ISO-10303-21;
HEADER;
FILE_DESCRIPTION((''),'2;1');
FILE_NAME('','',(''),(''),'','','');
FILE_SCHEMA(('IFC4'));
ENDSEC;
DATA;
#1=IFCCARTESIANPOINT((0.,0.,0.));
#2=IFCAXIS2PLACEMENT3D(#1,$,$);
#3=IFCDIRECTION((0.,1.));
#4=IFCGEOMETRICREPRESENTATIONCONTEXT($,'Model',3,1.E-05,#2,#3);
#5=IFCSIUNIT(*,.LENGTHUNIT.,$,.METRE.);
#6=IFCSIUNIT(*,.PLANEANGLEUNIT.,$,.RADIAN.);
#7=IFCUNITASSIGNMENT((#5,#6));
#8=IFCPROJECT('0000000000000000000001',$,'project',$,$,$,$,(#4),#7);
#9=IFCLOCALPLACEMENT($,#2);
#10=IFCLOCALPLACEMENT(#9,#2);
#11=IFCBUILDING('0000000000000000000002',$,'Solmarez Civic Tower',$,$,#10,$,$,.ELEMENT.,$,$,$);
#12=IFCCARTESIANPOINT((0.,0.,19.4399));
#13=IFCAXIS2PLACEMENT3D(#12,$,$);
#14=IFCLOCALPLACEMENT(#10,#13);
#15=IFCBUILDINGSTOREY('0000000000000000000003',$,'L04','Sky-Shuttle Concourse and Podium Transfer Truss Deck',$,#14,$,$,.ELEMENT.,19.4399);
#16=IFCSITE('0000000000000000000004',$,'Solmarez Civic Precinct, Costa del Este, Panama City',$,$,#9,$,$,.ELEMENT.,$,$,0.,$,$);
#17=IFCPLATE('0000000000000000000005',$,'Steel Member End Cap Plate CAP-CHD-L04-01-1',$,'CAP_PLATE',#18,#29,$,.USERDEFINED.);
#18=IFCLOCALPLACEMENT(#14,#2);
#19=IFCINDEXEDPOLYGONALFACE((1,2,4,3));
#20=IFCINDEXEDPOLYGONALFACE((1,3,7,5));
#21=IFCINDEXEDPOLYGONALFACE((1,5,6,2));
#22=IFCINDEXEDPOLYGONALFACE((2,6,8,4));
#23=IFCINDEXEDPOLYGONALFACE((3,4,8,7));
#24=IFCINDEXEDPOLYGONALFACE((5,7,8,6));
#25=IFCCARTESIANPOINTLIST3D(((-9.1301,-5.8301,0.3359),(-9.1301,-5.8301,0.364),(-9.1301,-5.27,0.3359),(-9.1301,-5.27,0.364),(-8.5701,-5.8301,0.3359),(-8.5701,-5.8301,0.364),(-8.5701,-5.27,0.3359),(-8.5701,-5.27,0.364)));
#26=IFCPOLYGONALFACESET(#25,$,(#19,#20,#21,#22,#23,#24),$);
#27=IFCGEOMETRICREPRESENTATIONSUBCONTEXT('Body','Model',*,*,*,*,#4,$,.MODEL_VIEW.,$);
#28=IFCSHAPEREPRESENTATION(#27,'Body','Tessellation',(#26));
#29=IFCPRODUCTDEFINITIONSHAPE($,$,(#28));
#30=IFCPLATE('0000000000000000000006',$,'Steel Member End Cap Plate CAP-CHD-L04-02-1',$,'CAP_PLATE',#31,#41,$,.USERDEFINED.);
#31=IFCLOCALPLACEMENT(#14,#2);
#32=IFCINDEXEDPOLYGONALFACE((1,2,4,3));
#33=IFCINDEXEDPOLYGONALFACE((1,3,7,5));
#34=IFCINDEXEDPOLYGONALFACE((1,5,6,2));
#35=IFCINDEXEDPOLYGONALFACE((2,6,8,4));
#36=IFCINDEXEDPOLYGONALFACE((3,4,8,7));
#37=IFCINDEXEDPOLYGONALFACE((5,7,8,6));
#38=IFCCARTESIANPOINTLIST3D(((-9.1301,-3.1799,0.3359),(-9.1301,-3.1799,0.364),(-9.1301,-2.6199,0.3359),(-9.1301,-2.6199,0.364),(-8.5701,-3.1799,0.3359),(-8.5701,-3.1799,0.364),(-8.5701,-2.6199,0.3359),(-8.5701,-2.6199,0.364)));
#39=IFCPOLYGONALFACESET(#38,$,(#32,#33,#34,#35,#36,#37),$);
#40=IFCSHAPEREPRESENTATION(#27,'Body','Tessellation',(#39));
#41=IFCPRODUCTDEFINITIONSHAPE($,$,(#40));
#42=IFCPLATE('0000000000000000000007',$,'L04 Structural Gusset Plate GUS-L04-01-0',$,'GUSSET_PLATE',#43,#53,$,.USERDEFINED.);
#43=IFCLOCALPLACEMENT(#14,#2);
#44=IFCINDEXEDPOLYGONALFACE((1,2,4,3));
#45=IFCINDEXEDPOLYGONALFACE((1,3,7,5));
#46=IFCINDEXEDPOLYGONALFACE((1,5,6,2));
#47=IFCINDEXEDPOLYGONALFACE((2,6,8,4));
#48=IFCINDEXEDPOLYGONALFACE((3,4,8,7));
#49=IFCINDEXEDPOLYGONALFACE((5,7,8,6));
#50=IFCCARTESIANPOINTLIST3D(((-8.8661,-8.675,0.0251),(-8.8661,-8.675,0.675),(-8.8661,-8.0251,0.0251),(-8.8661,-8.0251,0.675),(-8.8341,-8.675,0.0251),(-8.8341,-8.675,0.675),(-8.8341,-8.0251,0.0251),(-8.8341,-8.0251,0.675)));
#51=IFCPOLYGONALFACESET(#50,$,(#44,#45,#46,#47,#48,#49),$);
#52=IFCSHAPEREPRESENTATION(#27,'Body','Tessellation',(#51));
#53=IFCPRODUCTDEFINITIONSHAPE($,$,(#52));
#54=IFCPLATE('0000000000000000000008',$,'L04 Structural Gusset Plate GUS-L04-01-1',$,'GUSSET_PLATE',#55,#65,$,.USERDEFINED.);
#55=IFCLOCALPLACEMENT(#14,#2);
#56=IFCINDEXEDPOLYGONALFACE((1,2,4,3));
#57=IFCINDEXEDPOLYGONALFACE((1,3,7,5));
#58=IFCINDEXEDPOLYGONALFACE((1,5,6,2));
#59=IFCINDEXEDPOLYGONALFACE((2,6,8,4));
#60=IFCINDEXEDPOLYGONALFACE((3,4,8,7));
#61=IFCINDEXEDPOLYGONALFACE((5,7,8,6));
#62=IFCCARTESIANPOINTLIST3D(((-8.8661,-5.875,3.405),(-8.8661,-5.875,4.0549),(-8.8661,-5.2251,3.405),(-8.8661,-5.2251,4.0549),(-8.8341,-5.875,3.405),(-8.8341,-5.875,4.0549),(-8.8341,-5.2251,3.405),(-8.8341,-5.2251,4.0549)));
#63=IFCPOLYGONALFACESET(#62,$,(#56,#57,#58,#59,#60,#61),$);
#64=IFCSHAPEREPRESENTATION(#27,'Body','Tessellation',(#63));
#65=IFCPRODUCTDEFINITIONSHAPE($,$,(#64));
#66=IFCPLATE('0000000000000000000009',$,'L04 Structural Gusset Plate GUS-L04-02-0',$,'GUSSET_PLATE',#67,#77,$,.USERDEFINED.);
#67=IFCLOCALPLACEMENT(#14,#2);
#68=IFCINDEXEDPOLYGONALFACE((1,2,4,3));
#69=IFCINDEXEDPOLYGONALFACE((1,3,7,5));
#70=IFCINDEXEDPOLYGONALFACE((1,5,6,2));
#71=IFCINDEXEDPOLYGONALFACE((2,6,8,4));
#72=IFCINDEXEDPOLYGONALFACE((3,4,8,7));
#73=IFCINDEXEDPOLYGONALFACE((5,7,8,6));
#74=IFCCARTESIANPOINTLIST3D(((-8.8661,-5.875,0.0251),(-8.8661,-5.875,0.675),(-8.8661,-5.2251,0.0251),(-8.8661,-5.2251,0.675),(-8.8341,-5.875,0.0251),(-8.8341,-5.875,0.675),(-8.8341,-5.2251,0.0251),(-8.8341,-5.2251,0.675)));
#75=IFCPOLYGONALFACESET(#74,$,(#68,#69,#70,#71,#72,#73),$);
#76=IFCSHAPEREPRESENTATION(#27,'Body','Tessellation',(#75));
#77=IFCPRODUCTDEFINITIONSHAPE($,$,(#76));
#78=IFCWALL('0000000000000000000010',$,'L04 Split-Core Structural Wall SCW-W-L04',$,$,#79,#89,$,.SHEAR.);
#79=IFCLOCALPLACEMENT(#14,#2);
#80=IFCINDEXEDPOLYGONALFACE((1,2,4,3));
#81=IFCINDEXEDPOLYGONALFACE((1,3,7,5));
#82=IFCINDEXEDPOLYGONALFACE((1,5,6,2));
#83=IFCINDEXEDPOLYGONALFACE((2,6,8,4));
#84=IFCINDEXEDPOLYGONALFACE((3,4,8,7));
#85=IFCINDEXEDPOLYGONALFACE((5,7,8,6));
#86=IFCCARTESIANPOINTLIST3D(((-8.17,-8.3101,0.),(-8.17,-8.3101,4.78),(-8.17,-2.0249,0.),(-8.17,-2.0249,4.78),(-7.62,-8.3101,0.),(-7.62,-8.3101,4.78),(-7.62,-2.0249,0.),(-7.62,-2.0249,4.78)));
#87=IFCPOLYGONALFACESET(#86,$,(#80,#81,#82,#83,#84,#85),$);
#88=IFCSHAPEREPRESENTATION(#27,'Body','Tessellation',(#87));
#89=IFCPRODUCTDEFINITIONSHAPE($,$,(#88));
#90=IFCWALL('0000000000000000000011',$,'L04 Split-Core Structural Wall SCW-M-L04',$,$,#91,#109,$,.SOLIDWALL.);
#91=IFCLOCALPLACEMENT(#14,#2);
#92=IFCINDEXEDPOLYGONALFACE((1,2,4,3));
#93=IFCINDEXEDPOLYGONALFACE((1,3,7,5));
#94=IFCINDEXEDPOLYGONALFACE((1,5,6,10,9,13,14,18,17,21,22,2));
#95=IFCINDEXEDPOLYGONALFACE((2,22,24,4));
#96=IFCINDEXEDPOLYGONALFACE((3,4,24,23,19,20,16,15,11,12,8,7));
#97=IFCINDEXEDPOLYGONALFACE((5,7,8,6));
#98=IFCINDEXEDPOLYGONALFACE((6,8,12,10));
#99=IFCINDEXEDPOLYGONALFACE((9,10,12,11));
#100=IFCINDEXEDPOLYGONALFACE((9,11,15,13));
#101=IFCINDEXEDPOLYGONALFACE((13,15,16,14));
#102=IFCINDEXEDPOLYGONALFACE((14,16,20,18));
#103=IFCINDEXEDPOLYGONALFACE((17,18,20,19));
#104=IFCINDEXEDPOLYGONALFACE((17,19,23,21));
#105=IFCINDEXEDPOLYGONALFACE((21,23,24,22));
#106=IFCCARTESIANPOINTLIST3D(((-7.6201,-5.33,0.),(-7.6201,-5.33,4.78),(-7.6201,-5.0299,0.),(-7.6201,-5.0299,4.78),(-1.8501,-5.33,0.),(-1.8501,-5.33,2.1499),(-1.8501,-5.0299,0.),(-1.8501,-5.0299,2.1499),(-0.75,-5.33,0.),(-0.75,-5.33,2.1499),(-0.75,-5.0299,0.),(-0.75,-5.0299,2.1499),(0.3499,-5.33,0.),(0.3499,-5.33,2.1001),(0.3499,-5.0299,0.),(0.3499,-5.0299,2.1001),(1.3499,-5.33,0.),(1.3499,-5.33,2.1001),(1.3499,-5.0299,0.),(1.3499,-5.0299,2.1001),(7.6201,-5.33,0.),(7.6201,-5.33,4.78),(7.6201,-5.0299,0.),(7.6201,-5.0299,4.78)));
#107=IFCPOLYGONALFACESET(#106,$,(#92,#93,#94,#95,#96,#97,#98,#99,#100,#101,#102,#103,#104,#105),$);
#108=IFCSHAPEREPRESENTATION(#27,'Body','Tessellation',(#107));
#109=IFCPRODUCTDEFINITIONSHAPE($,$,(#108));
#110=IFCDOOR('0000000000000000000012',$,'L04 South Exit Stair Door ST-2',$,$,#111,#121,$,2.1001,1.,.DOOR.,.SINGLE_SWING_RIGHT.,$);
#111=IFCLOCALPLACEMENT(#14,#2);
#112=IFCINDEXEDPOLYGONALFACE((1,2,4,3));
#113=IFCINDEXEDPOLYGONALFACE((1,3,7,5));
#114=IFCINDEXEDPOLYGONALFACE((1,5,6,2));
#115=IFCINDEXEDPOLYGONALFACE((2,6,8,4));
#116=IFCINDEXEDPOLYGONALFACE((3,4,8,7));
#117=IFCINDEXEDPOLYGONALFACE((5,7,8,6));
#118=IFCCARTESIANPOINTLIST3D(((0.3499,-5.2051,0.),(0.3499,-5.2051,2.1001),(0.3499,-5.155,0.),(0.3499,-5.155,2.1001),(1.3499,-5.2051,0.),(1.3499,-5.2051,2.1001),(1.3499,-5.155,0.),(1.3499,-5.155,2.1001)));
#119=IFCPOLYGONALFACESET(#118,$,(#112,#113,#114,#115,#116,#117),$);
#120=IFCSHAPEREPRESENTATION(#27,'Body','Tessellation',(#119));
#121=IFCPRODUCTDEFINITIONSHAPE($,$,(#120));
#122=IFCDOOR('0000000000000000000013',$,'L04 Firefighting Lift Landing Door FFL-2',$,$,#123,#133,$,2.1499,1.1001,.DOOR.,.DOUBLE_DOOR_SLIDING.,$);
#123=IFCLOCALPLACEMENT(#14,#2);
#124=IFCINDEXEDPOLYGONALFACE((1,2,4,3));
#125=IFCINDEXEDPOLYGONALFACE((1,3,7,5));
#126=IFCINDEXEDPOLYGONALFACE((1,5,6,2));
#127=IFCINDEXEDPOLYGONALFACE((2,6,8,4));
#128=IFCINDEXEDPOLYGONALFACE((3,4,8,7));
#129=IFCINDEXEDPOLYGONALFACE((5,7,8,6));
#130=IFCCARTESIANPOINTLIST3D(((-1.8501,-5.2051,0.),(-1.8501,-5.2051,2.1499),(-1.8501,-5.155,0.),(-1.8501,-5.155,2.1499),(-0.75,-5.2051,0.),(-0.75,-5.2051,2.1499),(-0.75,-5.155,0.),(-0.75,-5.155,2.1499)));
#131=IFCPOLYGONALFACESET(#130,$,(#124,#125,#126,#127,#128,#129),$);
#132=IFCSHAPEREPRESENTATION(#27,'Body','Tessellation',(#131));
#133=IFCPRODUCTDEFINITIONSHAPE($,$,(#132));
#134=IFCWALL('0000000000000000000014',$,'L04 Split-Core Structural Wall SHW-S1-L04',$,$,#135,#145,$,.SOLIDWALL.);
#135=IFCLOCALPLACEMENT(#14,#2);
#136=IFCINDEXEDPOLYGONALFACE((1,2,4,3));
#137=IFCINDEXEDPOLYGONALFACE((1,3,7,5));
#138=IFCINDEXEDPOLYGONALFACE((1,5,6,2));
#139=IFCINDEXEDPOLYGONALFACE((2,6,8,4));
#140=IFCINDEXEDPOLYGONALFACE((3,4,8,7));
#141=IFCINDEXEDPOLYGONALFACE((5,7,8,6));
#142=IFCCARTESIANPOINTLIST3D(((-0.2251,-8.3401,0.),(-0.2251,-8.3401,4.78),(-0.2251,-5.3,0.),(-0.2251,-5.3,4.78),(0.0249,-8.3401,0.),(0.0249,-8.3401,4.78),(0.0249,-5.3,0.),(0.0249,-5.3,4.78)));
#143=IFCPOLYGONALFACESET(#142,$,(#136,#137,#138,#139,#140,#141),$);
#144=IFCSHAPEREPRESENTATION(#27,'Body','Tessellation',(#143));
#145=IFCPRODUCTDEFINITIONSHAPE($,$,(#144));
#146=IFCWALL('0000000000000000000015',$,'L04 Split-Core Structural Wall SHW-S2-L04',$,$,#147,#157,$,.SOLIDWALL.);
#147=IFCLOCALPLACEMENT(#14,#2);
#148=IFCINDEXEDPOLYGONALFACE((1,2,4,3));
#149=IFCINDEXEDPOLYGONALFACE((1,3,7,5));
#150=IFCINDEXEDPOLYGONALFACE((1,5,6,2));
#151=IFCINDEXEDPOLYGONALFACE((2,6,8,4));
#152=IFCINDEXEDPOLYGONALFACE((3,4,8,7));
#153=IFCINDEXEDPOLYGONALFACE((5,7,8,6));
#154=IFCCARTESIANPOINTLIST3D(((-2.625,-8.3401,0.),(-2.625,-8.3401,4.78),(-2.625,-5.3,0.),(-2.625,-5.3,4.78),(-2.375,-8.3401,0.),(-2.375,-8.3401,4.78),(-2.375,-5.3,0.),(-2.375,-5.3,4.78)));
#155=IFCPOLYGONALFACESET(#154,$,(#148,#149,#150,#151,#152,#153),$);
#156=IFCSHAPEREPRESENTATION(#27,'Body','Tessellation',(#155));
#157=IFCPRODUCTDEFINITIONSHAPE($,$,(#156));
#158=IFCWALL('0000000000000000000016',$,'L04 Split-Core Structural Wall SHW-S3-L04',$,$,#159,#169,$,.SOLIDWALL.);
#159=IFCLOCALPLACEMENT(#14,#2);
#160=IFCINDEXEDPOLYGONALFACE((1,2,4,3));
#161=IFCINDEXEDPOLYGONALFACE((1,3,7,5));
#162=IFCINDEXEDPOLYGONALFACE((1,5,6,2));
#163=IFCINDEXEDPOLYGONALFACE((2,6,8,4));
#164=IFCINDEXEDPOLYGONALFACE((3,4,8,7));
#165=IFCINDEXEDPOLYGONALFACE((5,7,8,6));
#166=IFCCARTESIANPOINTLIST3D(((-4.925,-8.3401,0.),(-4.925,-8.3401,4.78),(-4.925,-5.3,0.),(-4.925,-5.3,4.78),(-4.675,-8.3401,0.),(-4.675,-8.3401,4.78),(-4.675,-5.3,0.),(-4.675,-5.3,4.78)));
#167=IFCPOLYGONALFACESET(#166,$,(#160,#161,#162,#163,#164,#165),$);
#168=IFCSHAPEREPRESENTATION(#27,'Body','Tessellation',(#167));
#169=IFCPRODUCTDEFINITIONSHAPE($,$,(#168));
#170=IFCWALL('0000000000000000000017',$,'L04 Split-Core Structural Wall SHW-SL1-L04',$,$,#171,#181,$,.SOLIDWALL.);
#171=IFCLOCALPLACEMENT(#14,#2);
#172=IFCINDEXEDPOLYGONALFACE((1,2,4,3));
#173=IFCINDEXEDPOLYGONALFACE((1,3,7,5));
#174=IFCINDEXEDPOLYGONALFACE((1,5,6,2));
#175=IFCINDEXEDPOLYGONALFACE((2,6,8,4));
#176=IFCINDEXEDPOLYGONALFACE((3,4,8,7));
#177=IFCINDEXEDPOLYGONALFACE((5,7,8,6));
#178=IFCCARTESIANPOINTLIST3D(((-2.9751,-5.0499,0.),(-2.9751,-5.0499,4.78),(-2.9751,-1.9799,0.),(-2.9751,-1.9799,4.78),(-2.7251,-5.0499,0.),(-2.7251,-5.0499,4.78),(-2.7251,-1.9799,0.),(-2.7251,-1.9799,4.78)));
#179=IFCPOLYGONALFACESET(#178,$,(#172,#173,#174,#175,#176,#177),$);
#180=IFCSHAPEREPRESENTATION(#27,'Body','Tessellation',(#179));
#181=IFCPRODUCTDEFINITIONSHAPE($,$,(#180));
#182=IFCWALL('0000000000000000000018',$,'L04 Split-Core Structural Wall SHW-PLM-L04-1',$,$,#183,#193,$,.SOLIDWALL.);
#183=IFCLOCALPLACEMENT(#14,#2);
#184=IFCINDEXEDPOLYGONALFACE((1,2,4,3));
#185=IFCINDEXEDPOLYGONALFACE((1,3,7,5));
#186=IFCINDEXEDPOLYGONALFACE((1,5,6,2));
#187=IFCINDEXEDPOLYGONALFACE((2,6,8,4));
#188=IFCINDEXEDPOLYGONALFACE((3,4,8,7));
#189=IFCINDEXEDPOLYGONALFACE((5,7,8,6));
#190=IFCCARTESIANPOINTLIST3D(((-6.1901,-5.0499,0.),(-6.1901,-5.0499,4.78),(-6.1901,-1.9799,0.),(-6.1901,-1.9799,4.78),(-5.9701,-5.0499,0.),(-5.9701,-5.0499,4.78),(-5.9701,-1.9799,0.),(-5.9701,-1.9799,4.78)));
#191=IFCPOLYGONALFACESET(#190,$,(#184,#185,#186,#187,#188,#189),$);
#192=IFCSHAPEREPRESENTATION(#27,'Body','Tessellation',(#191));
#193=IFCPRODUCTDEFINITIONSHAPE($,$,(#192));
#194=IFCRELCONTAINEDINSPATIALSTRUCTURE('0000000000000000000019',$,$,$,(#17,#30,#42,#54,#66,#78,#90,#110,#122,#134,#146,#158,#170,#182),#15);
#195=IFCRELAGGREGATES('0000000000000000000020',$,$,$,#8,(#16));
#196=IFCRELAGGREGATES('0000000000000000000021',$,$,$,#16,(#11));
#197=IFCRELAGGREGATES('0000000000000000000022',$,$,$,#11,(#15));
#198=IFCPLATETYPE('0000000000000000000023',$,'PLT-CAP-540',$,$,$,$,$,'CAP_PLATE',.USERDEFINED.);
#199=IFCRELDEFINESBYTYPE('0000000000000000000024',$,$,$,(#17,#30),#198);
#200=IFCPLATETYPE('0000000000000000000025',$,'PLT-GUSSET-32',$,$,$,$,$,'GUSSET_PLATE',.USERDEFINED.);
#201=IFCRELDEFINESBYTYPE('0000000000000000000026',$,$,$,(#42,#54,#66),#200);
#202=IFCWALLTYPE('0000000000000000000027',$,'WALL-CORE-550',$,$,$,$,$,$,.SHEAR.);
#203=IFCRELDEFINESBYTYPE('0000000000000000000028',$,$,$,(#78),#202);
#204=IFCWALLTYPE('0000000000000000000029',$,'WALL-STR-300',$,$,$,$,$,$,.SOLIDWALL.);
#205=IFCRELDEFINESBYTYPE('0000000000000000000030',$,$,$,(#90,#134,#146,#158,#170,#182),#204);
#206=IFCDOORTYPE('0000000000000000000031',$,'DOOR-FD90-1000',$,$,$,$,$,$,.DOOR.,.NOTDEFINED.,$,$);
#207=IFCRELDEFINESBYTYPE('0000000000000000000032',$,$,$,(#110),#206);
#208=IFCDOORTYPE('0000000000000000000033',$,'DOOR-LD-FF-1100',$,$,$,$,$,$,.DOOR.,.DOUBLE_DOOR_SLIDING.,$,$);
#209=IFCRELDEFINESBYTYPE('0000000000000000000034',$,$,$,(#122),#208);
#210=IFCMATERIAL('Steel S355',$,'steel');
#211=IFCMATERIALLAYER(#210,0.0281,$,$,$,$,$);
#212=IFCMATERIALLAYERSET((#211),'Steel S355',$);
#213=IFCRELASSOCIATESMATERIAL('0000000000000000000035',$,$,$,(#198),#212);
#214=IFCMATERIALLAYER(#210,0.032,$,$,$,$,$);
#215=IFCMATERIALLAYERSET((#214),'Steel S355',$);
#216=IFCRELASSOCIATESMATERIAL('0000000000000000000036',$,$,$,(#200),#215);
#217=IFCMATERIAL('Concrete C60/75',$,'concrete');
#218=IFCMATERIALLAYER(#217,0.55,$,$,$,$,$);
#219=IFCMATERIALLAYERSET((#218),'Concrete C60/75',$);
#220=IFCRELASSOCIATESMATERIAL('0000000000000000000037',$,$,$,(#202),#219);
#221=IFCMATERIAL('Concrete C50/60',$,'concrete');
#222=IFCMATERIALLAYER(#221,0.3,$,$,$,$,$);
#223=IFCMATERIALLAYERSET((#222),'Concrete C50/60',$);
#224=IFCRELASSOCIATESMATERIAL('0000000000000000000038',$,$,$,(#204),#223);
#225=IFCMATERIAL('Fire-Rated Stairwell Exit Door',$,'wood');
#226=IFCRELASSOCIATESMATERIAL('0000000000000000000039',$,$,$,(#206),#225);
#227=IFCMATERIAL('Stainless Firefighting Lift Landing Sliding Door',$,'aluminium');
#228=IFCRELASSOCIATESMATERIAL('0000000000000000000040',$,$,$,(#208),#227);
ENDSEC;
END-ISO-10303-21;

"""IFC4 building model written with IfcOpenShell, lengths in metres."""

from ifc_helpers import new_model, si_unit, direction, frame, frame_2d, origin, origin_2d, place, context, subcontext, project, spatial, rectangle, extrude, material, layer, layer_set, type_object, element, fill, save


model = new_model("IFC4")

# Units and contexts
model_context = context("Model", 3, precision=1e-05, world=origin(), true_north=direction((0.0, 1.0)))
body_context = subcontext(model_context, "Body", "Model", "MODEL_VIEW")
ifc_project = project(units=[si_unit("LENGTHUNIT", "METRE"), si_unit("PLANEANGLEUNIT", "RADIAN")], contexts=[model_context])

# Site, building, storey
site_placement = place(None, origin())
site = spatial("IfcSite", under=ifc_project, at=site_placement, Name="Solmarez Civic Precinct, Costa del Este, Panama City", CompositionType="ELEMENT", RefElevation=0.0)
building_placement = place(site_placement, origin())
building = spatial("IfcBuilding", under=site, at=building_placement, Name="Solmarez Civic Tower", CompositionType="ELEMENT")
storey_placement = place(building_placement, frame((0.0, 0.0, 19.4399)))
storey = spatial("IfcBuildingStorey", under=building, at=storey_placement, Name="L04", Description="Sky-Shuttle Concourse and Podium Transfer Truss Deck", CompositionType="ELEMENT", Elevation=19.4399)

# Shared definitions
ifc_material_1 = material(Name="Concrete C60/75", Category="concrete")

# Shared definitions
ifc_material_2 = material(Name="Steel S355", Category="steel")

# Plates
ifc_layer_1 = layer(ifc_material_2, 0.0281)
ifc_layer_set_1 = layer_set([ifc_layer_1], Name="Steel S355")
plate_type_1 = type_object("IfcPlateType", Name="PLT-CAP-540", ElementType="CAP_PLATE", PredefinedType="USERDEFINED", material=ifc_layer_set_1)
for number, where, z_axis, x_axis, name in (
    (1, (-8.8501, -5.55, 0.3359), (0.0, 0.0, 1.0), (1.0, 0.0, 0.0), "Steel Member End Cap Plate CAP-CHD-L04-01-1"),
    (2, (-8.8501, -2.8999, 0.3359), (0.0, 0.0, 1.0), (1.0, 0.0, 0.0), "Steel Member End Cap Plate CAP-CHD-L04-02-1"),
):
    element("IfcPlate", number, at=place(storey_placement, frame(where, z_axis=z_axis, x_axis=x_axis)), inside=storey, type_object=plate_type_1, Name=name, ObjectType="CAP_PLATE", PredefinedType="USERDEFINED", context=body_context, shape_type="SweptSolid", body=[
        extrude(rectangle(XDim=0.5601, YDim=0.5601, at=origin_2d()), origin(), (0.0, 0.0, 1.0), 0.0281),
    ])
ifc_layer_2 = layer(ifc_material_2, 0.032)
ifc_layer_set_2 = layer_set([ifc_layer_2], Name="Steel S355")
plate_type_2 = type_object("IfcPlateType", Name="PLT-GUSSET-32", ElementType="GUSSET_PLATE", PredefinedType="USERDEFINED", material=ifc_layer_set_2)
for number, where, z_axis, x_axis, name in (
    (3, (-8.8501, -8.3501, 0.0251), (0.0, 0.0, 1.0), (0.0, 1.0, 0.0), "L04 Structural Gusset Plate GUS-L04-01-0"),
    (4, (-8.8501, -5.55, 3.405), (0.0, 0.0, 1.0), (0.0, 1.0, 0.0), "L04 Structural Gusset Plate GUS-L04-01-1"),
    (5, (-8.8501, -5.55, 0.0251), (0.0, 0.0, 1.0), (0.0, 1.0, 0.0), "L04 Structural Gusset Plate GUS-L04-02-0"),
):
    element("IfcPlate", number, at=place(storey_placement, frame(where, z_axis=z_axis, x_axis=x_axis)), inside=storey, type_object=plate_type_2, Name=name, ObjectType="GUSSET_PLATE", PredefinedType="USERDEFINED", context=body_context, shape_type="SweptSolid", body=[
        extrude(rectangle(XDim=0.6499, YDim=0.032, at=origin_2d()), origin(), (0.0, 0.0, 1.0), 0.6499),
    ])

# Wall
ifc_layer_3 = layer(ifc_material_1, 0.55)
ifc_layer_set_3 = layer_set([ifc_layer_3], Name="Concrete C60/75")
wall_type_1 = type_object("IfcWallType", Name="WALL-CORE-550", PredefinedType="SHEAR", material=ifc_layer_set_3)
wall_1_placement = place(storey_placement, frame((-7.895, -8.3101, 0.0), z_axis=(0.0, 0.0, 1.0), x_axis=(0.0, 1.0, 0.0)))
element("IfcWall", 6, at=wall_1_placement, inside=storey, type_object=wall_type_1, Name="L04 Split-Core Structural Wall SCW-W-L04", PredefinedType="SHEAR", context=body_context, shape_type="SweptSolid", body=[
    extrude(rectangle(XDim=6.2852, YDim=0.55, at=frame_2d((3.1426, 0.0))), origin(), (0.0, 0.0, 1.0), 4.78),
])

# Wall, openings, doors
ifc_material_3 = material(Name="Concrete C50/60", Category="concrete")
ifc_layer_4 = layer(ifc_material_3, 0.3)
ifc_layer_set_4 = layer_set([ifc_layer_4], Name="Concrete C50/60")
wall_type_2 = type_object("IfcWallType", Name="WALL-STR-300", PredefinedType="SOLIDWALL", material=ifc_layer_set_4)
wall_2_placement = place(storey_placement, frame((-7.6201, -5.1799, 0.0), z_axis=(0.0, 0.0, 1.0), x_axis=(1.0, 0.0, 0.0)))
wall_2 = element("IfcWall", 7, at=wall_2_placement, inside=storey, type_object=wall_type_2, Name="L04 Split-Core Structural Wall SCW-M-L04", PredefinedType="SOLIDWALL", context=body_context, shape_type="SweptSolid", body=[
    extrude(rectangle(XDim=15.2402, YDim=0.3, at=frame_2d((7.6201, 0.0))), origin(), (0.0, 0.0, 1.0), 4.78),
])
opening_1_placement = place(wall_2_placement, frame((5.77, 0.0, 0.0)))
opening_1 = element("IfcOpeningElement", 8, at=opening_1_placement, cuts=wall_2, PredefinedType="OPENING", context=body_context, shape_type="SweptSolid", body=[
    extrude(rectangle(XDim=1.1001, YDim=2.1499, at=frame_2d((0.55, 1.075))), frame((0.0, 0.1599, 0.0), z_axis=(0.0, -1.0, 0.0), x_axis=(1.0, 0.0, 0.0)), (0.0, 0.0, 1.0), 0.3201),
])
opening_2_placement = place(wall_2_placement, frame((7.97, 0.0, 0.0)))
opening_2 = element("IfcOpeningElement", 9, at=opening_2_placement, cuts=wall_2, PredefinedType="OPENING", context=body_context, shape_type="SweptSolid", body=[
    extrude(rectangle(XDim=1.0, YDim=2.1001, at=frame_2d((0.5, 1.05))), frame((0.0, 0.1599, 0.0), z_axis=(0.0, -1.0, 0.0), x_axis=(1.0, 0.0, 0.0)), (0.0, 0.0, 1.0), 0.3201),
])
ifc_material_4 = material(Name="Fire-Rated Stairwell Exit Door", Category="wood")
door_type_1 = type_object("IfcDoorType", Name="DOOR-FD90-1000", OperationType="NOTDEFINED", PredefinedType="DOOR", material=ifc_material_4)
door_1_placement = place(opening_2_placement, origin())
door_1 = element("IfcDoor", 10, at=door_1_placement, inside=storey, type_object=door_type_1, Name="L04 South Exit Stair Door ST-2", OperationType="SINGLE_SWING_RIGHT", OverallHeight=2.1001, OverallWidth=1.0, PredefinedType="DOOR", context=body_context, shape_type="SweptSolid", body=[
    extrude(rectangle(XDim=1.0, YDim=2.1001, at=frame_2d((0.5, 1.05))), frame((0.0, 0.0249, 0.0), z_axis=(0.0, -1.0, 0.0), x_axis=(1.0, 0.0, 0.0)), (0.0, 0.0, 1.0), 0.05),
])
fill(opening_2, door_1)
ifc_material_5 = material(Name="Stainless Firefighting Lift Landing Sliding Door", Category="aluminium")
door_type_2 = type_object("IfcDoorType", Name="DOOR-LD-FF-1100", OperationType="DOUBLE_DOOR_SLIDING", PredefinedType="DOOR", material=ifc_material_5)
door_2_placement = place(opening_1_placement, origin())
door_2 = element("IfcDoor", 11, at=door_2_placement, inside=storey, type_object=door_type_2, Name="L04 Firefighting Lift Landing Door FFL-2", OperationType="DOUBLE_DOOR_SLIDING", OverallHeight=2.1499, OverallWidth=1.1001, PredefinedType="DOOR", context=body_context, shape_type="SweptSolid", body=[
    extrude(rectangle(XDim=1.1001, YDim=2.1499, at=frame_2d((0.55, 1.075))), frame((0.0, 0.0249, 0.0), z_axis=(0.0, -1.0, 0.0), x_axis=(1.0, 0.0, 0.0)), (0.0, 0.0, 1.0), 0.05),
])
fill(opening_1, door_2)

# Walls
for number, where, z_axis, x_axis, name in (
    (12, (-0.1001, -8.3401, 0.0), (0.0, 0.0, 1.0), (0.0, 1.0, 0.0), "L04 Split-Core Structural Wall SHW-S1-L04"),
    (13, (-2.5, -8.3401, 0.0), (0.0, 0.0, 1.0), (0.0, 1.0, 0.0), "L04 Split-Core Structural Wall SHW-S2-L04"),
    (14, (-4.8, -8.3401, 0.0), (0.0, 0.0, 1.0), (0.0, 1.0, 0.0), "L04 Split-Core Structural Wall SHW-S3-L04"),
):
    element("IfcWall", number, at=place(storey_placement, frame(where, z_axis=z_axis, x_axis=x_axis)), inside=storey, type_object=wall_type_2, Name=name, PredefinedType="SOLIDWALL", context=body_context, shape_type="SweptSolid", body=[
        extrude(rectangle(XDim=3.04, YDim=0.25, at=frame_2d((1.52, 0.0))), origin(), (0.0, 0.0, 1.0), 4.78),
    ])
wall_3_placement = place(storey_placement, frame((-2.8501, -5.05, 0.0), z_axis=(0.0, 0.0, 1.0), x_axis=(0.0, 1.0, 0.0)))
element("IfcWall", 15, at=wall_3_placement, inside=storey, type_object=wall_type_2, Name="L04 Split-Core Structural Wall SHW-SL1-L04", PredefinedType="SOLIDWALL", context=body_context, shape_type="SweptSolid", body=[
    extrude(rectangle(XDim=3.0701, YDim=0.25, at=frame_2d((1.5352, 0.0))), origin(), (0.0, 0.0, 1.0), 4.78),
])
for number, where, z_axis, x_axis, name in (
    (16, (-6.0801, -5.05, 0.0), (0.0, 0.0, 1.0), (0.0, 1.0, 0.0), "L04 Split-Core Structural Wall SHW-PLM-L04-1"),
):
    element("IfcWall", number, at=place(storey_placement, frame(where, z_axis=z_axis, x_axis=x_axis)), inside=storey, type_object=wall_type_2, Name=name, PredefinedType="SOLIDWALL", context=body_context, shape_type="SweptSolid", body=[
        extrude(rectangle(XDim=3.0701, YDim=0.22, at=frame_2d((1.5352, 0.0))), origin(), (0.0, 0.0, 1.0), 4.78),
    ])

save(model, "model.ifc")
